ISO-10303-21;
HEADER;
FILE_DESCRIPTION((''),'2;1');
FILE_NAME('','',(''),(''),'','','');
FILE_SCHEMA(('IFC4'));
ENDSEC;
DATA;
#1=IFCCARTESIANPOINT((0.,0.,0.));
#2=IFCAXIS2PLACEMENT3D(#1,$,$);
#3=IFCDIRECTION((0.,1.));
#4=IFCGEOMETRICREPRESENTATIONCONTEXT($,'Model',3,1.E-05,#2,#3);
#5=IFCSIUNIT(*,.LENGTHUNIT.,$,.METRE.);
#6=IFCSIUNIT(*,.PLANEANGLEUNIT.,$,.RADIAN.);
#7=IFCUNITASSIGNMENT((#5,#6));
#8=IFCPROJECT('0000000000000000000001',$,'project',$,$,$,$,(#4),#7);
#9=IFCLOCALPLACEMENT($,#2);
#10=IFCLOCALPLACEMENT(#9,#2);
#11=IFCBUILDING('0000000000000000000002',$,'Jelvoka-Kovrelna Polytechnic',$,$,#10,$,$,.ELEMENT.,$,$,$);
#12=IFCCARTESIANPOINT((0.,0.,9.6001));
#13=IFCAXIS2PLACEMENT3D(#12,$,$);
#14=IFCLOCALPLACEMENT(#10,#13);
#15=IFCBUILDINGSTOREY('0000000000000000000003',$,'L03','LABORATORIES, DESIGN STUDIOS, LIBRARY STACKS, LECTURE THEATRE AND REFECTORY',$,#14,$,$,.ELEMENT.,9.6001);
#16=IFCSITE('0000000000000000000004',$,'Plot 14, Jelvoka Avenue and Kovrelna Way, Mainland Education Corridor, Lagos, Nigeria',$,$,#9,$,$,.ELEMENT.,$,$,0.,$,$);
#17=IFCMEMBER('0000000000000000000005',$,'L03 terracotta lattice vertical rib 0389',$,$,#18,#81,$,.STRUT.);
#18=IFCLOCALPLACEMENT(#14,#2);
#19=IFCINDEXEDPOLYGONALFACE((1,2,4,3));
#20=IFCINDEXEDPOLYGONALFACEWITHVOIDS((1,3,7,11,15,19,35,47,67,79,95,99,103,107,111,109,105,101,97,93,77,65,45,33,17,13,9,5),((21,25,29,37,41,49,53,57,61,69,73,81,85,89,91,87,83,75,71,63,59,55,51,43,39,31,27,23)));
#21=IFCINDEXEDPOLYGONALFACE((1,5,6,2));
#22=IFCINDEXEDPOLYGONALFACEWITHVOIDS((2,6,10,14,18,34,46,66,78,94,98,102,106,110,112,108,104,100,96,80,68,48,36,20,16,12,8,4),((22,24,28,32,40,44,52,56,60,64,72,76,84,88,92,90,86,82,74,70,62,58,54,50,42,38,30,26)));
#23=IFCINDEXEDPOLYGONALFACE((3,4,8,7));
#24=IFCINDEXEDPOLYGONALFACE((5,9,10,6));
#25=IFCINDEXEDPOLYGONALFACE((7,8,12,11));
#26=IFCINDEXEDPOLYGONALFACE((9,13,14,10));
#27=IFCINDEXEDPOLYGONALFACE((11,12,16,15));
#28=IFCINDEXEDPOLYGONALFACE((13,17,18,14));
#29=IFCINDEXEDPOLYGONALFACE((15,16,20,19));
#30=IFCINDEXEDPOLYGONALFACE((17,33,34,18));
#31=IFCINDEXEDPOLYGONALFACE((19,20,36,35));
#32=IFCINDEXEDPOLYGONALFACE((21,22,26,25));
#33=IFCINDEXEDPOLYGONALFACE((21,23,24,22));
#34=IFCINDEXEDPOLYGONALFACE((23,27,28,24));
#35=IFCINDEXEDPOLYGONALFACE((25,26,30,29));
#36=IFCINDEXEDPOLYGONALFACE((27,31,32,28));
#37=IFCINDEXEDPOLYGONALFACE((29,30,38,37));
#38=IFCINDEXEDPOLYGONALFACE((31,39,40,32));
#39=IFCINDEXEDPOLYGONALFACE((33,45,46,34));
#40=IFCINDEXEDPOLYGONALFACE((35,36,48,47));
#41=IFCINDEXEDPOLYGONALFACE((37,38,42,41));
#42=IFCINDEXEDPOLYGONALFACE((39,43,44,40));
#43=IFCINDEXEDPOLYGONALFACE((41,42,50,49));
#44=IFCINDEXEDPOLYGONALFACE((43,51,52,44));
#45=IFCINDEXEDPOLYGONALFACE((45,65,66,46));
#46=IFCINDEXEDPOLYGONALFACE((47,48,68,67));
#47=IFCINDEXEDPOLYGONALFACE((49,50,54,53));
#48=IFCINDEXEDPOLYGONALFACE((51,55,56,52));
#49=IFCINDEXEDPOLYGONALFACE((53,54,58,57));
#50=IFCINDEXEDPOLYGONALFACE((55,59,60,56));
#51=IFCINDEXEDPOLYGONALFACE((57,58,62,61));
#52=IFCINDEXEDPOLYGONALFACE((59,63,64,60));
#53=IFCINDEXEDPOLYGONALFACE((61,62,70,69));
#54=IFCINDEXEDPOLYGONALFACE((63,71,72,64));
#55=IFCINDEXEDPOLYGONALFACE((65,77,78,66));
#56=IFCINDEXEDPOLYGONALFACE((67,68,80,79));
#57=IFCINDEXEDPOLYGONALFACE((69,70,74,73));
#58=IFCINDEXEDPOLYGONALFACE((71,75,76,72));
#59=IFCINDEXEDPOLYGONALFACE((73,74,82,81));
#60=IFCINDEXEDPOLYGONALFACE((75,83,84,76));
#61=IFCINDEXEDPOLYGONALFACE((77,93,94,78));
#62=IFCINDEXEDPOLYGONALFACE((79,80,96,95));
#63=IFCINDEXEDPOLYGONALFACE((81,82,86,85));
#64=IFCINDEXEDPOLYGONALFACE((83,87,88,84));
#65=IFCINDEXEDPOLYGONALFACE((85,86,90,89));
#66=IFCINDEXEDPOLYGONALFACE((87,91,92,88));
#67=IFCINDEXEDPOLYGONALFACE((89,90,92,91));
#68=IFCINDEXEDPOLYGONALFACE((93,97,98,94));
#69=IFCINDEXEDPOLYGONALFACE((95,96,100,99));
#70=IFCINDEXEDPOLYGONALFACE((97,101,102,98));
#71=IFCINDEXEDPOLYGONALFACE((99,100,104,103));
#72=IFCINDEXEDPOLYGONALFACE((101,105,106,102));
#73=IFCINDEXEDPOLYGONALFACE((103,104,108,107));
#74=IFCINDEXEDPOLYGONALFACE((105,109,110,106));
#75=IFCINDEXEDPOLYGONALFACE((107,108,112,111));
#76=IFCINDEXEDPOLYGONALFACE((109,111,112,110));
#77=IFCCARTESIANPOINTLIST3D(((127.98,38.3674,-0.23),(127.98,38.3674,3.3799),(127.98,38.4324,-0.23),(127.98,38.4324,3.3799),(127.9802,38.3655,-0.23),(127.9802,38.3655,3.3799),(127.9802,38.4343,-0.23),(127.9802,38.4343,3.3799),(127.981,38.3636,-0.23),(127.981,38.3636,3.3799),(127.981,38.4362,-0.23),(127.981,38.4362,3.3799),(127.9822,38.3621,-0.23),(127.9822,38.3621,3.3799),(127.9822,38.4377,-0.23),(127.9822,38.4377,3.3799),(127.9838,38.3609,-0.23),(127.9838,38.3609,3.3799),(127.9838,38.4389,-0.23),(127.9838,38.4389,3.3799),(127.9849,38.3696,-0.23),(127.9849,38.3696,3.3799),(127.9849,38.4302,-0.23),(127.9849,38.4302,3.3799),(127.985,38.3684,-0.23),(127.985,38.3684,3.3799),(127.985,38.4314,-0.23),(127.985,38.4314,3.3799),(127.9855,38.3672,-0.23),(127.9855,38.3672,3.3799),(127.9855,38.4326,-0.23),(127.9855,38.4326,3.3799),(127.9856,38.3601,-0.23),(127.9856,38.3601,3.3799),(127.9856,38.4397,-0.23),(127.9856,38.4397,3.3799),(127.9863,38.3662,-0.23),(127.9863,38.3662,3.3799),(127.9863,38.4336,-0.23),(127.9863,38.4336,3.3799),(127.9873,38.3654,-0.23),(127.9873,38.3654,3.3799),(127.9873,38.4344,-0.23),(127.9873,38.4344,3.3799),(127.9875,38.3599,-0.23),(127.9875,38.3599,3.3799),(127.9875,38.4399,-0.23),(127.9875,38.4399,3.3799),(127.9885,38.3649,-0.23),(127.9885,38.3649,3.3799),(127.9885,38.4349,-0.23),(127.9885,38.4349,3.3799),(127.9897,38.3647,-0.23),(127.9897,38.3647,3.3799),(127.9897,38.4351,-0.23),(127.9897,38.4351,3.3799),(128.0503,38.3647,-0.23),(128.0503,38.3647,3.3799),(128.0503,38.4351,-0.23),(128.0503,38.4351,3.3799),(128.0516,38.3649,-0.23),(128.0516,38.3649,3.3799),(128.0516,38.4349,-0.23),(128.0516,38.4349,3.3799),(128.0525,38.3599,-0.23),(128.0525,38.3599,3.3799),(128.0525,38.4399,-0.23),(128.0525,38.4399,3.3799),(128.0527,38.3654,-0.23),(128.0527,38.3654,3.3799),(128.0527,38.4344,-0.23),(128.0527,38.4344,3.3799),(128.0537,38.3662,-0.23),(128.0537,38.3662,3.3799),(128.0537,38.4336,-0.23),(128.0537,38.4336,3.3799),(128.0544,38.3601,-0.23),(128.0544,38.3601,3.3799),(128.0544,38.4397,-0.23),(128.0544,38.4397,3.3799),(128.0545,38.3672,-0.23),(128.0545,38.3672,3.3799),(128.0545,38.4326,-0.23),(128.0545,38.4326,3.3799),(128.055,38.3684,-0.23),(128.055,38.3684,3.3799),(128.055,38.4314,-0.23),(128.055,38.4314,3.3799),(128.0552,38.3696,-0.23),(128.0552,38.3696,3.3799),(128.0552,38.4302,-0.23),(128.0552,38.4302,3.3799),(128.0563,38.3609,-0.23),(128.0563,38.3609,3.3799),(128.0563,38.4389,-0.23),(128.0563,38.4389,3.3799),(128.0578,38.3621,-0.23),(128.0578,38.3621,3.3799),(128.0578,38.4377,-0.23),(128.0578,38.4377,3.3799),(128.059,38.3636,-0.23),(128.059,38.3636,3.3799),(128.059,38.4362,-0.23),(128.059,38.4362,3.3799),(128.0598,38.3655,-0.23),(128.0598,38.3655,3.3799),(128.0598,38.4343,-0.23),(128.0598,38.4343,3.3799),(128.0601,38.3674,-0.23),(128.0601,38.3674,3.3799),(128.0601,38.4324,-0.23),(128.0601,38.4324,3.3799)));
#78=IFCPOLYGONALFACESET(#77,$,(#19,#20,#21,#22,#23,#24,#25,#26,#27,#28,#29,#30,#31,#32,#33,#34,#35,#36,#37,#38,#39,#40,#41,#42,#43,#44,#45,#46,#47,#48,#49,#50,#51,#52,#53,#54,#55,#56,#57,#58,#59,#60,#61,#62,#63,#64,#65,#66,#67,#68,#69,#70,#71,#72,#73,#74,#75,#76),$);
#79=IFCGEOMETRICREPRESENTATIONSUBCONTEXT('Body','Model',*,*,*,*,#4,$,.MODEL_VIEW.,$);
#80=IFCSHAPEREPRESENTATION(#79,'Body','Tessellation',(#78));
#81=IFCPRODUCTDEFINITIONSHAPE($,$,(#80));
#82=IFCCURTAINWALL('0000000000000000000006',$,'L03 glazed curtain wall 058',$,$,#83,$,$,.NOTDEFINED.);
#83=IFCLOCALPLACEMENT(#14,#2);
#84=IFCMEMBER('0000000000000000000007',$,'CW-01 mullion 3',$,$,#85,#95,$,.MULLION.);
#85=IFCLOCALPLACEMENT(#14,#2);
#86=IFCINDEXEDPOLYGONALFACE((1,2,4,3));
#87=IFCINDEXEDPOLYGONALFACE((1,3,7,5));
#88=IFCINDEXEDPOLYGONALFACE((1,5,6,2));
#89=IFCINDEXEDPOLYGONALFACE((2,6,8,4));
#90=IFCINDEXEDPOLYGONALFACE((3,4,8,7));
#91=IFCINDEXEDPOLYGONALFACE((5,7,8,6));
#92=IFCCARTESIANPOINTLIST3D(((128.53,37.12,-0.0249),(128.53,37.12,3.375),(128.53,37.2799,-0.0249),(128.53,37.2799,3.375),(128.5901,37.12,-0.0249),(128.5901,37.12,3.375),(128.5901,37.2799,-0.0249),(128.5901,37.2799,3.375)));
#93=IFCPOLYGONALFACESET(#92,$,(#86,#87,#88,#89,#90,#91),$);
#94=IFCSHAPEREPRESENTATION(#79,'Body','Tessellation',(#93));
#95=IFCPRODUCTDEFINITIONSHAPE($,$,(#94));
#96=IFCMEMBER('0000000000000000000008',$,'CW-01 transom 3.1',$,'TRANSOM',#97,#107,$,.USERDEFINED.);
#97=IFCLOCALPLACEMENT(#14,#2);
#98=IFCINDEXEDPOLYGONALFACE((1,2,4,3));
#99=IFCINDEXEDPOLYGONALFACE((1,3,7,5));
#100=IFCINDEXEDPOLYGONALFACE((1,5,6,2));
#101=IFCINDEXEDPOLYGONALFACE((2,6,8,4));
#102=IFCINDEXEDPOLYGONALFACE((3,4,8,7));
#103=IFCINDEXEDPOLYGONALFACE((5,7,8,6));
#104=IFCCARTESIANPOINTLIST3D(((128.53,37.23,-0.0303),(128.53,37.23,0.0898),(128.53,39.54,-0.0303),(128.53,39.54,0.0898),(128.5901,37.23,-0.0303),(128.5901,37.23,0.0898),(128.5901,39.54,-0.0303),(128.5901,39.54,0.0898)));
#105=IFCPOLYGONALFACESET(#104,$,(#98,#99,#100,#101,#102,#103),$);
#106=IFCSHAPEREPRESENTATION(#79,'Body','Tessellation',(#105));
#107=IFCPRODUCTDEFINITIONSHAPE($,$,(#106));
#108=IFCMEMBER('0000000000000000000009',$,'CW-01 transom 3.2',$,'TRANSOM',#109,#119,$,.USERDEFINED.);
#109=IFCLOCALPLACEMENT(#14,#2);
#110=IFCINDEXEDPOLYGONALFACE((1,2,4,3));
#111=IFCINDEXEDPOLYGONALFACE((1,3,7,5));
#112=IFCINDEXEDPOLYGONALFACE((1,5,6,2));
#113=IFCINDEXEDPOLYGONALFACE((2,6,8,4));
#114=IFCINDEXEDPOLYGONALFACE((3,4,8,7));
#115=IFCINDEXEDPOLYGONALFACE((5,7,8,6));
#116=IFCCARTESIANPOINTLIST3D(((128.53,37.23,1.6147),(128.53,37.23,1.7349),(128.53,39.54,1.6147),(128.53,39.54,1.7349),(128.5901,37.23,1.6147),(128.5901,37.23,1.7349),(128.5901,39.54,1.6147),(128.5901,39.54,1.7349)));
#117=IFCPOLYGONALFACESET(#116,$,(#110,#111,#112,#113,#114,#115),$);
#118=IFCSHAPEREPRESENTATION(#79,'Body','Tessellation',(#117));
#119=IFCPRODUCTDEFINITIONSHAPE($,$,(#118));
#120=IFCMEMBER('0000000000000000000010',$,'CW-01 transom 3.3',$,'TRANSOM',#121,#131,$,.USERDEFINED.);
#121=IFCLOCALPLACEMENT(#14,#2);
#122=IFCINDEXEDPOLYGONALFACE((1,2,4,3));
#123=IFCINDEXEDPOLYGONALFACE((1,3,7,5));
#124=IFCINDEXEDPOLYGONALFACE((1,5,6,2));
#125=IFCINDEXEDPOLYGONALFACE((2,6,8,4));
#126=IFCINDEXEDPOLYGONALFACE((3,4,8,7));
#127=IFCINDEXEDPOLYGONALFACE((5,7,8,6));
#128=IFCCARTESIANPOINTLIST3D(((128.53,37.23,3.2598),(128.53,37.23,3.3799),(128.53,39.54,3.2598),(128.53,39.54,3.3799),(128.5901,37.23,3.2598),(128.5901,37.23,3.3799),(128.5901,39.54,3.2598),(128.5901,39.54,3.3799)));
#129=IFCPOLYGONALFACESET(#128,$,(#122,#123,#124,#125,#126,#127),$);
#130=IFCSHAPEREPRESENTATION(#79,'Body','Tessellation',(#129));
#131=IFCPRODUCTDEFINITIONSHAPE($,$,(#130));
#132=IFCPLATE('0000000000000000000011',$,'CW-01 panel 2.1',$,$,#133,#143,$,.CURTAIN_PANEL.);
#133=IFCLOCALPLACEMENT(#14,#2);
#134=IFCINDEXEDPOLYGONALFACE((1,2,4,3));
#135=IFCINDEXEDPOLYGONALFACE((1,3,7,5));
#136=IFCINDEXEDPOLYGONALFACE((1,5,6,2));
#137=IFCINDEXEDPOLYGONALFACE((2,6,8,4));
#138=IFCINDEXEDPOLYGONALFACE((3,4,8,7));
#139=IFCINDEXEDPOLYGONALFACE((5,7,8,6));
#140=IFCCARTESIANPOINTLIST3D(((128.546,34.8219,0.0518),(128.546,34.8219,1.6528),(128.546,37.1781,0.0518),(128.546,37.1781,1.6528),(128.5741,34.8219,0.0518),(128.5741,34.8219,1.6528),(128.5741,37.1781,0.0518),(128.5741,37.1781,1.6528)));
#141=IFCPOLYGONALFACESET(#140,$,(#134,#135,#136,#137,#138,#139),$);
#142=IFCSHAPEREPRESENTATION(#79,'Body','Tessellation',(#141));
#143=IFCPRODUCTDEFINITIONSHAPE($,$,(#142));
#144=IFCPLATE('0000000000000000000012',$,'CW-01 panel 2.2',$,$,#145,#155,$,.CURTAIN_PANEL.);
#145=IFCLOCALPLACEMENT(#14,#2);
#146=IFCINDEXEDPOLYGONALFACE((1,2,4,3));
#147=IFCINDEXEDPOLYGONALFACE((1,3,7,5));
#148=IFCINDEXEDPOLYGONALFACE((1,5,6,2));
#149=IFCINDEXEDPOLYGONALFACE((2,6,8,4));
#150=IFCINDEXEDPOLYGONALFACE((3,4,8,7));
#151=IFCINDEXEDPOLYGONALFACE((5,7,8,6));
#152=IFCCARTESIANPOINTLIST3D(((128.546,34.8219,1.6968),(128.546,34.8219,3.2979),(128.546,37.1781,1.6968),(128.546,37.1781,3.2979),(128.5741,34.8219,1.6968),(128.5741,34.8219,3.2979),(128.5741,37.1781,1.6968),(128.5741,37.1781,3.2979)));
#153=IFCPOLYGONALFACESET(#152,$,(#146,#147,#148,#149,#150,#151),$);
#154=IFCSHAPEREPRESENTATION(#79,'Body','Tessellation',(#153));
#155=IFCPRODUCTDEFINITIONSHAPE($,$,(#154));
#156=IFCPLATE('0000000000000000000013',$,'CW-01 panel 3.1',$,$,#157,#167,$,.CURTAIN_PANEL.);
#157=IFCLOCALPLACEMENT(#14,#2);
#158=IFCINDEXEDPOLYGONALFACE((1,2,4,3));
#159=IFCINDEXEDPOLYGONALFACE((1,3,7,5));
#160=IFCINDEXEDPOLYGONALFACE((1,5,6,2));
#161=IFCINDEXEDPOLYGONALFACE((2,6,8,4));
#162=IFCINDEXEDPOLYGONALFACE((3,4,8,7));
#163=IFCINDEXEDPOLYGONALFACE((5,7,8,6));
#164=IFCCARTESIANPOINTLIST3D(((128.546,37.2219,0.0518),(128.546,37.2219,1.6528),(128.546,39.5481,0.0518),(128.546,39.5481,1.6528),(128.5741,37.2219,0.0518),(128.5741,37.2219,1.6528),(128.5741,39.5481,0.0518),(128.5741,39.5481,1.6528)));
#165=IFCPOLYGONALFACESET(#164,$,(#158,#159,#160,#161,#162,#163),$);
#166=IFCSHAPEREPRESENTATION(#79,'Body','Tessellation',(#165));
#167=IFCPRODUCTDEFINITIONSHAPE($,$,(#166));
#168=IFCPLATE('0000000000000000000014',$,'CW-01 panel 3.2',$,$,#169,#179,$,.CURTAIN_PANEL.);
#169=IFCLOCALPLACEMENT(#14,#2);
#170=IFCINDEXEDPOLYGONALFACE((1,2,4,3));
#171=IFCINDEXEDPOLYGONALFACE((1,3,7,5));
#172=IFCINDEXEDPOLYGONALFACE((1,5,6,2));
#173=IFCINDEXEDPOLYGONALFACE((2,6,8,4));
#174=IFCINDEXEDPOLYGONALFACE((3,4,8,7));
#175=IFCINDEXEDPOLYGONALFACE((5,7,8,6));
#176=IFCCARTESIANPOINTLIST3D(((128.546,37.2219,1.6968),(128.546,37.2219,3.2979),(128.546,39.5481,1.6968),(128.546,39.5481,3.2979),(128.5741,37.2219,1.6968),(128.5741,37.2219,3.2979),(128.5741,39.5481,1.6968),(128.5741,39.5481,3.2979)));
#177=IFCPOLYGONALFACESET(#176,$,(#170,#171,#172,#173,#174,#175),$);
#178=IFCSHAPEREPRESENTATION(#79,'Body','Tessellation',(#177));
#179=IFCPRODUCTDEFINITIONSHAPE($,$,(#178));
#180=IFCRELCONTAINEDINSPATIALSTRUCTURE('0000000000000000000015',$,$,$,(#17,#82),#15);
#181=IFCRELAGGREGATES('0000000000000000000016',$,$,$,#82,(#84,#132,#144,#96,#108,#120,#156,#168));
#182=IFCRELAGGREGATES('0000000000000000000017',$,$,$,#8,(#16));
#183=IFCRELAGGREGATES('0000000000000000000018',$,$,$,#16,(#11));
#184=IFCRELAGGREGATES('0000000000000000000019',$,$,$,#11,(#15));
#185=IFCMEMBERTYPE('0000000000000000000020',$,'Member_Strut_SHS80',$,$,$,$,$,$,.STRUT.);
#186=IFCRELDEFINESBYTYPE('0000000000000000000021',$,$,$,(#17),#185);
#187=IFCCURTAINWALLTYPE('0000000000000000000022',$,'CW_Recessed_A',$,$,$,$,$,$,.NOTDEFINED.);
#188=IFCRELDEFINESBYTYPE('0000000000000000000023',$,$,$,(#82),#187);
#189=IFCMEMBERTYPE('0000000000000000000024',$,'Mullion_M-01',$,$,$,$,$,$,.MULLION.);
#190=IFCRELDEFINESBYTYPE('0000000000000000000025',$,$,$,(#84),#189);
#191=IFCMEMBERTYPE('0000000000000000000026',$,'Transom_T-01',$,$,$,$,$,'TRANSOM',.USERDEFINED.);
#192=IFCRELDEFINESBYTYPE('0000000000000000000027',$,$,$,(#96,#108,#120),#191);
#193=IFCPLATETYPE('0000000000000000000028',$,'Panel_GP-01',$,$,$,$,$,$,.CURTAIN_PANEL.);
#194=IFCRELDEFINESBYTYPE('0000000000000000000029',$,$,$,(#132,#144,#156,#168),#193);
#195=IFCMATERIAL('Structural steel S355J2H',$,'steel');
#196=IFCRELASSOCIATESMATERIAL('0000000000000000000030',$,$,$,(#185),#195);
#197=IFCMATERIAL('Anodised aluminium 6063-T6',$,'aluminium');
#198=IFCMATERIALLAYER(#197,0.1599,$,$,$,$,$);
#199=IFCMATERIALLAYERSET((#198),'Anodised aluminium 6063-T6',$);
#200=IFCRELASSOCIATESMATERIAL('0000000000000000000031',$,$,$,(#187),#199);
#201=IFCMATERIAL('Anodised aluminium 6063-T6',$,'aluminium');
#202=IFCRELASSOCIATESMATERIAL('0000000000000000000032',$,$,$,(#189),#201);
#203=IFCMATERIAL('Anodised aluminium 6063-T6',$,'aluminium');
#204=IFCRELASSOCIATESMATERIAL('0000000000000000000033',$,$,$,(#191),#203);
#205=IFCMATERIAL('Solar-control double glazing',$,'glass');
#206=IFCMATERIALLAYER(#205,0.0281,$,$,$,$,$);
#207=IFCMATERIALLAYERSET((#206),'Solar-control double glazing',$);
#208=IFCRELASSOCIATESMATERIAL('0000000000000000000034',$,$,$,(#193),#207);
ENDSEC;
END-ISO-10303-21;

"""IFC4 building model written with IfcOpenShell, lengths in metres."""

from ifc_helpers import new_model, si_unit, direction, frame, origin, origin_2d, place, context, subcontext, project, spatial, rectangle, hollow_rectangle, extrude, material, layer, layer_set, material_profile, profile_set, type_object, element, aggregate, save


model = new_model("IFC4")

# Units and contexts
model_context = context("Model", 3, precision=1e-05, world=origin(), true_north=direction((0.0, 1.0)))
body_context = subcontext(model_context, "Body", "Model", "MODEL_VIEW")
ifc_project = project(units=[si_unit("LENGTHUNIT", "METRE"), si_unit("PLANEANGLEUNIT", "RADIAN")], contexts=[model_context])

# Site, building, storey
site_placement = place(None, origin())
site = spatial("IfcSite", under=ifc_project, at=site_placement, Name="Plot 14, Jelvoka Avenue and Kovrelna Way, Mainland Education Corridor, Lagos, Nigeria", CompositionType="ELEMENT", RefElevation=0.0)
building_placement = place(site_placement, origin())
building = spatial("IfcBuilding", under=site, at=building_placement, Name="Jelvoka-Kovrelna Polytechnic", CompositionType="ELEMENT")
storey_placement = place(building_placement, frame((0.0, 0.0, 9.6001)))
storey = spatial("IfcBuildingStorey", under=building, at=storey_placement, Name="L03", Description="LABORATORIES, DESIGN STUDIOS, LIBRARY STACKS, LECTURE THEATRE AND REFECTORY", CompositionType="ELEMENT", Elevation=9.6001)

# Member
ifc_material_1 = material(Name="Structural steel S355J2H", Category="steel")
ifc_material_profile_1 = material_profile(ifc_material_1, hollow_rectangle(XDim=0.0801, YDim=0.0801, WallThickness=0.0049, InnerFilletRadius=0.0049, OuterFilletRadius=0.0076, at=origin_2d()), Name="80x80x5.0 SHS")
ifc_profile_set_1 = profile_set([ifc_material_profile_1], Name="Structural steel S355J2H")
member_type_1 = type_object("IfcMemberType", Name="Member_Strut_SHS80", PredefinedType="STRUT", material=ifc_profile_set_1)
for number, where, z_axis, x_axis, name in (
    (1, (128.02, 38.3999, -0.23), (0.0, 0.0, 1.0), (1.0, 0.0, 0.0), "L03 terracotta lattice vertical rib 0389"),
):
    element("IfcMember", number, at=place(storey_placement, frame(where, z_axis=z_axis, x_axis=x_axis)), inside=storey, type_object=member_type_1, Name=name, PredefinedType="STRUT", context=body_context, shape_type="SweptSolid", body=[
        extrude(hollow_rectangle(XDim=0.0801, YDim=0.0801, WallThickness=0.0049, InnerFilletRadius=0.0049, OuterFilletRadius=0.0076, at=origin_2d()), origin(), (0.0, 0.0, 1.0), 3.6099),
    ])

# Curtain wall, members, plates
ifc_material_2 = material(Name="Anodised aluminium 6063-T6", Category="aluminium")
ifc_layer_1 = layer(ifc_material_2, 0.1599)
ifc_layer_set_1 = layer_set([ifc_layer_1], Name="Anodised aluminium 6063-T6")
curtain_wall_type = type_object("IfcCurtainWallType", Name="CW_Recessed_A", PredefinedType="NOTDEFINED", material=ifc_layer_set_1)
curtain_wall_placement = place(storey_placement, origin())
curtain_wall = element("IfcCurtainWall", 2, at=curtain_wall_placement, inside=storey, type_object=curtain_wall_type, Name="L03 glazed curtain wall 058", PredefinedType="NOTDEFINED")
ifc_material_3 = material(Name="Anodised aluminium 6063-T6", Category="aluminium")
ifc_material_profile_2 = material_profile(ifc_material_3, rectangle(XDim=0.0601, YDim=0.1599, at=origin_2d()), Name="ALU 60x160")
ifc_profile_set_2 = profile_set([ifc_material_profile_2], Name="Anodised aluminium 6063-T6")
member_type_2 = type_object("IfcMemberType", Name="Mullion_M-01", PredefinedType="MULLION", material=ifc_profile_set_2)
member_1_placement = place(storey_placement, frame((128.5601, 37.2, -0.0249), z_axis=(0.0, 0.0, 1.0), x_axis=(-1.0, 0.0, 0.0)))
member_1 = element("IfcMember", 3, at=member_1_placement, type_object=member_type_2, Name="CW-01 mullion 3", PredefinedType="MULLION", context=body_context, shape_type="SweptSolid", body=[
    extrude(rectangle(XDim=0.0601, YDim=0.1599, at=origin_2d()), origin(), (0.0, 0.0, 1.0), 3.3999),
])
ifc_material_4 = material(Name="Anodised aluminium 6063-T6", Category="aluminium")
ifc_material_profile_3 = material_profile(ifc_material_4, rectangle(XDim=0.0601, YDim=0.1201, at=origin_2d()), Name="ALU 60x120")
ifc_profile_set_3 = profile_set([ifc_material_profile_3], Name="Anodised aluminium 6063-T6")
member_type_3 = type_object("IfcMemberType", Name="Transom_T-01", ElementType="TRANSOM", PredefinedType="USERDEFINED", material=ifc_profile_set_3)
member_2_placement = place(storey_placement, frame((128.5601, 37.23, 0.0298), z_axis=(0.0, 1.0, 0.0), x_axis=(-1.0, 0.0, 0.0)))
member_2 = element("IfcMember", 4, at=member_2_placement, type_object=member_type_3, Name="CW-01 transom 3.1", ObjectType="TRANSOM", PredefinedType="USERDEFINED", context=body_context, shape_type="SweptSolid", body=[
    extrude(rectangle(XDim=0.0601, YDim=0.1201, at=origin_2d()), origin(), (0.0, 0.0, 1.0), 2.3101),
])
member_3_placement = place(storey_placement, frame((128.5601, 37.23, 1.6748), z_axis=(0.0, 1.0, 0.0), x_axis=(-1.0, 0.0, 0.0)))
member_3 = element("IfcMember", 5, at=member_3_placement, type_object=member_type_3, Name="CW-01 transom 3.2", ObjectType="TRANSOM", PredefinedType="USERDEFINED", context=body_context, shape_type="SweptSolid", body=[
    extrude(rectangle(XDim=0.0601, YDim=0.1201, at=origin_2d()), origin(), (0.0, 0.0, 1.0), 2.3101),
])
member_4_placement = place(storey_placement, frame((128.5601, 37.23, 3.3198), z_axis=(0.0, 1.0, 0.0), x_axis=(-1.0, 0.0, 0.0)))
member_4 = element("IfcMember", 6, at=member_4_placement, type_object=member_type_3, Name="CW-01 transom 3.3", ObjectType="TRANSOM", PredefinedType="USERDEFINED", context=body_context, shape_type="SweptSolid", body=[
    extrude(rectangle(XDim=0.0601, YDim=0.1201, at=origin_2d()), origin(), (0.0, 0.0, 1.0), 2.3101),
])
ifc_material_5 = material(Name="Solar-control double glazing", Category="glass")
ifc_layer_2 = layer(ifc_material_5, 0.0281)
ifc_layer_set_2 = layer_set([ifc_layer_2], Name="Solar-control double glazing")
plate_type_1 = type_object("IfcPlateType", Name="Panel_GP-01", PredefinedType="CURTAIN_PANEL", material=ifc_layer_set_2)
plate_1_placement = place(storey_placement, frame((128.5601, 36.0, 0.0518), z_axis=(0.0, 0.0, 1.0), x_axis=(0.0, 1.0, 0.0)))
plate_1 = element("IfcPlate", 7, at=plate_1_placement, type_object=plate_type_1, Name="CW-01 panel 2.1", PredefinedType="CURTAIN_PANEL", context=body_context, shape_type="SweptSolid", body=[
    extrude(rectangle(XDim=2.3562, YDim=0.0281, at=origin_2d()), origin(), (0.0, 0.0, 1.0), 1.6011),
])
plate_2_placement = place(storey_placement, frame((128.5601, 36.0, 1.6968), z_axis=(0.0, 0.0, 1.0), x_axis=(0.0, 1.0, 0.0)))
plate_2 = element("IfcPlate", 8, at=plate_2_placement, type_object=plate_type_1, Name="CW-01 panel 2.2", PredefinedType="CURTAIN_PANEL", context=body_context, shape_type="SweptSolid", body=[
    extrude(rectangle(XDim=2.3562, YDim=0.0281, at=origin_2d()), origin(), (0.0, 0.0, 1.0), 1.6011),
])
plate_3_placement = place(storey_placement, frame((128.5601, 38.385, 0.0518), z_axis=(0.0, 0.0, 1.0), x_axis=(0.0, 1.0, 0.0)))
plate_3 = element("IfcPlate", 9, at=plate_3_placement, type_object=plate_type_1, Name="CW-01 panel 3.1", PredefinedType="CURTAIN_PANEL", context=body_context, shape_type="SweptSolid", body=[
    extrude(rectangle(XDim=2.3262, YDim=0.0281, at=origin_2d()), origin(), (0.0, 0.0, 1.0), 1.6011),
])
plate_4_placement = place(storey_placement, frame((128.5601, 38.385, 1.6968), z_axis=(0.0, 0.0, 1.0), x_axis=(0.0, 1.0, 0.0)))
plate_4 = element("IfcPlate", 10, at=plate_4_placement, type_object=plate_type_1, Name="CW-01 panel 3.2", PredefinedType="CURTAIN_PANEL", context=body_context, shape_type="SweptSolid", body=[
    extrude(rectangle(XDim=2.3262, YDim=0.0281, at=origin_2d()), origin(), (0.0, 0.0, 1.0), 1.6011),
])
aggregate(curtain_wall, [member_1, plate_1, plate_2, member_2, member_3, member_4, plate_3, plate_4])

save(model, "model.ifc")
